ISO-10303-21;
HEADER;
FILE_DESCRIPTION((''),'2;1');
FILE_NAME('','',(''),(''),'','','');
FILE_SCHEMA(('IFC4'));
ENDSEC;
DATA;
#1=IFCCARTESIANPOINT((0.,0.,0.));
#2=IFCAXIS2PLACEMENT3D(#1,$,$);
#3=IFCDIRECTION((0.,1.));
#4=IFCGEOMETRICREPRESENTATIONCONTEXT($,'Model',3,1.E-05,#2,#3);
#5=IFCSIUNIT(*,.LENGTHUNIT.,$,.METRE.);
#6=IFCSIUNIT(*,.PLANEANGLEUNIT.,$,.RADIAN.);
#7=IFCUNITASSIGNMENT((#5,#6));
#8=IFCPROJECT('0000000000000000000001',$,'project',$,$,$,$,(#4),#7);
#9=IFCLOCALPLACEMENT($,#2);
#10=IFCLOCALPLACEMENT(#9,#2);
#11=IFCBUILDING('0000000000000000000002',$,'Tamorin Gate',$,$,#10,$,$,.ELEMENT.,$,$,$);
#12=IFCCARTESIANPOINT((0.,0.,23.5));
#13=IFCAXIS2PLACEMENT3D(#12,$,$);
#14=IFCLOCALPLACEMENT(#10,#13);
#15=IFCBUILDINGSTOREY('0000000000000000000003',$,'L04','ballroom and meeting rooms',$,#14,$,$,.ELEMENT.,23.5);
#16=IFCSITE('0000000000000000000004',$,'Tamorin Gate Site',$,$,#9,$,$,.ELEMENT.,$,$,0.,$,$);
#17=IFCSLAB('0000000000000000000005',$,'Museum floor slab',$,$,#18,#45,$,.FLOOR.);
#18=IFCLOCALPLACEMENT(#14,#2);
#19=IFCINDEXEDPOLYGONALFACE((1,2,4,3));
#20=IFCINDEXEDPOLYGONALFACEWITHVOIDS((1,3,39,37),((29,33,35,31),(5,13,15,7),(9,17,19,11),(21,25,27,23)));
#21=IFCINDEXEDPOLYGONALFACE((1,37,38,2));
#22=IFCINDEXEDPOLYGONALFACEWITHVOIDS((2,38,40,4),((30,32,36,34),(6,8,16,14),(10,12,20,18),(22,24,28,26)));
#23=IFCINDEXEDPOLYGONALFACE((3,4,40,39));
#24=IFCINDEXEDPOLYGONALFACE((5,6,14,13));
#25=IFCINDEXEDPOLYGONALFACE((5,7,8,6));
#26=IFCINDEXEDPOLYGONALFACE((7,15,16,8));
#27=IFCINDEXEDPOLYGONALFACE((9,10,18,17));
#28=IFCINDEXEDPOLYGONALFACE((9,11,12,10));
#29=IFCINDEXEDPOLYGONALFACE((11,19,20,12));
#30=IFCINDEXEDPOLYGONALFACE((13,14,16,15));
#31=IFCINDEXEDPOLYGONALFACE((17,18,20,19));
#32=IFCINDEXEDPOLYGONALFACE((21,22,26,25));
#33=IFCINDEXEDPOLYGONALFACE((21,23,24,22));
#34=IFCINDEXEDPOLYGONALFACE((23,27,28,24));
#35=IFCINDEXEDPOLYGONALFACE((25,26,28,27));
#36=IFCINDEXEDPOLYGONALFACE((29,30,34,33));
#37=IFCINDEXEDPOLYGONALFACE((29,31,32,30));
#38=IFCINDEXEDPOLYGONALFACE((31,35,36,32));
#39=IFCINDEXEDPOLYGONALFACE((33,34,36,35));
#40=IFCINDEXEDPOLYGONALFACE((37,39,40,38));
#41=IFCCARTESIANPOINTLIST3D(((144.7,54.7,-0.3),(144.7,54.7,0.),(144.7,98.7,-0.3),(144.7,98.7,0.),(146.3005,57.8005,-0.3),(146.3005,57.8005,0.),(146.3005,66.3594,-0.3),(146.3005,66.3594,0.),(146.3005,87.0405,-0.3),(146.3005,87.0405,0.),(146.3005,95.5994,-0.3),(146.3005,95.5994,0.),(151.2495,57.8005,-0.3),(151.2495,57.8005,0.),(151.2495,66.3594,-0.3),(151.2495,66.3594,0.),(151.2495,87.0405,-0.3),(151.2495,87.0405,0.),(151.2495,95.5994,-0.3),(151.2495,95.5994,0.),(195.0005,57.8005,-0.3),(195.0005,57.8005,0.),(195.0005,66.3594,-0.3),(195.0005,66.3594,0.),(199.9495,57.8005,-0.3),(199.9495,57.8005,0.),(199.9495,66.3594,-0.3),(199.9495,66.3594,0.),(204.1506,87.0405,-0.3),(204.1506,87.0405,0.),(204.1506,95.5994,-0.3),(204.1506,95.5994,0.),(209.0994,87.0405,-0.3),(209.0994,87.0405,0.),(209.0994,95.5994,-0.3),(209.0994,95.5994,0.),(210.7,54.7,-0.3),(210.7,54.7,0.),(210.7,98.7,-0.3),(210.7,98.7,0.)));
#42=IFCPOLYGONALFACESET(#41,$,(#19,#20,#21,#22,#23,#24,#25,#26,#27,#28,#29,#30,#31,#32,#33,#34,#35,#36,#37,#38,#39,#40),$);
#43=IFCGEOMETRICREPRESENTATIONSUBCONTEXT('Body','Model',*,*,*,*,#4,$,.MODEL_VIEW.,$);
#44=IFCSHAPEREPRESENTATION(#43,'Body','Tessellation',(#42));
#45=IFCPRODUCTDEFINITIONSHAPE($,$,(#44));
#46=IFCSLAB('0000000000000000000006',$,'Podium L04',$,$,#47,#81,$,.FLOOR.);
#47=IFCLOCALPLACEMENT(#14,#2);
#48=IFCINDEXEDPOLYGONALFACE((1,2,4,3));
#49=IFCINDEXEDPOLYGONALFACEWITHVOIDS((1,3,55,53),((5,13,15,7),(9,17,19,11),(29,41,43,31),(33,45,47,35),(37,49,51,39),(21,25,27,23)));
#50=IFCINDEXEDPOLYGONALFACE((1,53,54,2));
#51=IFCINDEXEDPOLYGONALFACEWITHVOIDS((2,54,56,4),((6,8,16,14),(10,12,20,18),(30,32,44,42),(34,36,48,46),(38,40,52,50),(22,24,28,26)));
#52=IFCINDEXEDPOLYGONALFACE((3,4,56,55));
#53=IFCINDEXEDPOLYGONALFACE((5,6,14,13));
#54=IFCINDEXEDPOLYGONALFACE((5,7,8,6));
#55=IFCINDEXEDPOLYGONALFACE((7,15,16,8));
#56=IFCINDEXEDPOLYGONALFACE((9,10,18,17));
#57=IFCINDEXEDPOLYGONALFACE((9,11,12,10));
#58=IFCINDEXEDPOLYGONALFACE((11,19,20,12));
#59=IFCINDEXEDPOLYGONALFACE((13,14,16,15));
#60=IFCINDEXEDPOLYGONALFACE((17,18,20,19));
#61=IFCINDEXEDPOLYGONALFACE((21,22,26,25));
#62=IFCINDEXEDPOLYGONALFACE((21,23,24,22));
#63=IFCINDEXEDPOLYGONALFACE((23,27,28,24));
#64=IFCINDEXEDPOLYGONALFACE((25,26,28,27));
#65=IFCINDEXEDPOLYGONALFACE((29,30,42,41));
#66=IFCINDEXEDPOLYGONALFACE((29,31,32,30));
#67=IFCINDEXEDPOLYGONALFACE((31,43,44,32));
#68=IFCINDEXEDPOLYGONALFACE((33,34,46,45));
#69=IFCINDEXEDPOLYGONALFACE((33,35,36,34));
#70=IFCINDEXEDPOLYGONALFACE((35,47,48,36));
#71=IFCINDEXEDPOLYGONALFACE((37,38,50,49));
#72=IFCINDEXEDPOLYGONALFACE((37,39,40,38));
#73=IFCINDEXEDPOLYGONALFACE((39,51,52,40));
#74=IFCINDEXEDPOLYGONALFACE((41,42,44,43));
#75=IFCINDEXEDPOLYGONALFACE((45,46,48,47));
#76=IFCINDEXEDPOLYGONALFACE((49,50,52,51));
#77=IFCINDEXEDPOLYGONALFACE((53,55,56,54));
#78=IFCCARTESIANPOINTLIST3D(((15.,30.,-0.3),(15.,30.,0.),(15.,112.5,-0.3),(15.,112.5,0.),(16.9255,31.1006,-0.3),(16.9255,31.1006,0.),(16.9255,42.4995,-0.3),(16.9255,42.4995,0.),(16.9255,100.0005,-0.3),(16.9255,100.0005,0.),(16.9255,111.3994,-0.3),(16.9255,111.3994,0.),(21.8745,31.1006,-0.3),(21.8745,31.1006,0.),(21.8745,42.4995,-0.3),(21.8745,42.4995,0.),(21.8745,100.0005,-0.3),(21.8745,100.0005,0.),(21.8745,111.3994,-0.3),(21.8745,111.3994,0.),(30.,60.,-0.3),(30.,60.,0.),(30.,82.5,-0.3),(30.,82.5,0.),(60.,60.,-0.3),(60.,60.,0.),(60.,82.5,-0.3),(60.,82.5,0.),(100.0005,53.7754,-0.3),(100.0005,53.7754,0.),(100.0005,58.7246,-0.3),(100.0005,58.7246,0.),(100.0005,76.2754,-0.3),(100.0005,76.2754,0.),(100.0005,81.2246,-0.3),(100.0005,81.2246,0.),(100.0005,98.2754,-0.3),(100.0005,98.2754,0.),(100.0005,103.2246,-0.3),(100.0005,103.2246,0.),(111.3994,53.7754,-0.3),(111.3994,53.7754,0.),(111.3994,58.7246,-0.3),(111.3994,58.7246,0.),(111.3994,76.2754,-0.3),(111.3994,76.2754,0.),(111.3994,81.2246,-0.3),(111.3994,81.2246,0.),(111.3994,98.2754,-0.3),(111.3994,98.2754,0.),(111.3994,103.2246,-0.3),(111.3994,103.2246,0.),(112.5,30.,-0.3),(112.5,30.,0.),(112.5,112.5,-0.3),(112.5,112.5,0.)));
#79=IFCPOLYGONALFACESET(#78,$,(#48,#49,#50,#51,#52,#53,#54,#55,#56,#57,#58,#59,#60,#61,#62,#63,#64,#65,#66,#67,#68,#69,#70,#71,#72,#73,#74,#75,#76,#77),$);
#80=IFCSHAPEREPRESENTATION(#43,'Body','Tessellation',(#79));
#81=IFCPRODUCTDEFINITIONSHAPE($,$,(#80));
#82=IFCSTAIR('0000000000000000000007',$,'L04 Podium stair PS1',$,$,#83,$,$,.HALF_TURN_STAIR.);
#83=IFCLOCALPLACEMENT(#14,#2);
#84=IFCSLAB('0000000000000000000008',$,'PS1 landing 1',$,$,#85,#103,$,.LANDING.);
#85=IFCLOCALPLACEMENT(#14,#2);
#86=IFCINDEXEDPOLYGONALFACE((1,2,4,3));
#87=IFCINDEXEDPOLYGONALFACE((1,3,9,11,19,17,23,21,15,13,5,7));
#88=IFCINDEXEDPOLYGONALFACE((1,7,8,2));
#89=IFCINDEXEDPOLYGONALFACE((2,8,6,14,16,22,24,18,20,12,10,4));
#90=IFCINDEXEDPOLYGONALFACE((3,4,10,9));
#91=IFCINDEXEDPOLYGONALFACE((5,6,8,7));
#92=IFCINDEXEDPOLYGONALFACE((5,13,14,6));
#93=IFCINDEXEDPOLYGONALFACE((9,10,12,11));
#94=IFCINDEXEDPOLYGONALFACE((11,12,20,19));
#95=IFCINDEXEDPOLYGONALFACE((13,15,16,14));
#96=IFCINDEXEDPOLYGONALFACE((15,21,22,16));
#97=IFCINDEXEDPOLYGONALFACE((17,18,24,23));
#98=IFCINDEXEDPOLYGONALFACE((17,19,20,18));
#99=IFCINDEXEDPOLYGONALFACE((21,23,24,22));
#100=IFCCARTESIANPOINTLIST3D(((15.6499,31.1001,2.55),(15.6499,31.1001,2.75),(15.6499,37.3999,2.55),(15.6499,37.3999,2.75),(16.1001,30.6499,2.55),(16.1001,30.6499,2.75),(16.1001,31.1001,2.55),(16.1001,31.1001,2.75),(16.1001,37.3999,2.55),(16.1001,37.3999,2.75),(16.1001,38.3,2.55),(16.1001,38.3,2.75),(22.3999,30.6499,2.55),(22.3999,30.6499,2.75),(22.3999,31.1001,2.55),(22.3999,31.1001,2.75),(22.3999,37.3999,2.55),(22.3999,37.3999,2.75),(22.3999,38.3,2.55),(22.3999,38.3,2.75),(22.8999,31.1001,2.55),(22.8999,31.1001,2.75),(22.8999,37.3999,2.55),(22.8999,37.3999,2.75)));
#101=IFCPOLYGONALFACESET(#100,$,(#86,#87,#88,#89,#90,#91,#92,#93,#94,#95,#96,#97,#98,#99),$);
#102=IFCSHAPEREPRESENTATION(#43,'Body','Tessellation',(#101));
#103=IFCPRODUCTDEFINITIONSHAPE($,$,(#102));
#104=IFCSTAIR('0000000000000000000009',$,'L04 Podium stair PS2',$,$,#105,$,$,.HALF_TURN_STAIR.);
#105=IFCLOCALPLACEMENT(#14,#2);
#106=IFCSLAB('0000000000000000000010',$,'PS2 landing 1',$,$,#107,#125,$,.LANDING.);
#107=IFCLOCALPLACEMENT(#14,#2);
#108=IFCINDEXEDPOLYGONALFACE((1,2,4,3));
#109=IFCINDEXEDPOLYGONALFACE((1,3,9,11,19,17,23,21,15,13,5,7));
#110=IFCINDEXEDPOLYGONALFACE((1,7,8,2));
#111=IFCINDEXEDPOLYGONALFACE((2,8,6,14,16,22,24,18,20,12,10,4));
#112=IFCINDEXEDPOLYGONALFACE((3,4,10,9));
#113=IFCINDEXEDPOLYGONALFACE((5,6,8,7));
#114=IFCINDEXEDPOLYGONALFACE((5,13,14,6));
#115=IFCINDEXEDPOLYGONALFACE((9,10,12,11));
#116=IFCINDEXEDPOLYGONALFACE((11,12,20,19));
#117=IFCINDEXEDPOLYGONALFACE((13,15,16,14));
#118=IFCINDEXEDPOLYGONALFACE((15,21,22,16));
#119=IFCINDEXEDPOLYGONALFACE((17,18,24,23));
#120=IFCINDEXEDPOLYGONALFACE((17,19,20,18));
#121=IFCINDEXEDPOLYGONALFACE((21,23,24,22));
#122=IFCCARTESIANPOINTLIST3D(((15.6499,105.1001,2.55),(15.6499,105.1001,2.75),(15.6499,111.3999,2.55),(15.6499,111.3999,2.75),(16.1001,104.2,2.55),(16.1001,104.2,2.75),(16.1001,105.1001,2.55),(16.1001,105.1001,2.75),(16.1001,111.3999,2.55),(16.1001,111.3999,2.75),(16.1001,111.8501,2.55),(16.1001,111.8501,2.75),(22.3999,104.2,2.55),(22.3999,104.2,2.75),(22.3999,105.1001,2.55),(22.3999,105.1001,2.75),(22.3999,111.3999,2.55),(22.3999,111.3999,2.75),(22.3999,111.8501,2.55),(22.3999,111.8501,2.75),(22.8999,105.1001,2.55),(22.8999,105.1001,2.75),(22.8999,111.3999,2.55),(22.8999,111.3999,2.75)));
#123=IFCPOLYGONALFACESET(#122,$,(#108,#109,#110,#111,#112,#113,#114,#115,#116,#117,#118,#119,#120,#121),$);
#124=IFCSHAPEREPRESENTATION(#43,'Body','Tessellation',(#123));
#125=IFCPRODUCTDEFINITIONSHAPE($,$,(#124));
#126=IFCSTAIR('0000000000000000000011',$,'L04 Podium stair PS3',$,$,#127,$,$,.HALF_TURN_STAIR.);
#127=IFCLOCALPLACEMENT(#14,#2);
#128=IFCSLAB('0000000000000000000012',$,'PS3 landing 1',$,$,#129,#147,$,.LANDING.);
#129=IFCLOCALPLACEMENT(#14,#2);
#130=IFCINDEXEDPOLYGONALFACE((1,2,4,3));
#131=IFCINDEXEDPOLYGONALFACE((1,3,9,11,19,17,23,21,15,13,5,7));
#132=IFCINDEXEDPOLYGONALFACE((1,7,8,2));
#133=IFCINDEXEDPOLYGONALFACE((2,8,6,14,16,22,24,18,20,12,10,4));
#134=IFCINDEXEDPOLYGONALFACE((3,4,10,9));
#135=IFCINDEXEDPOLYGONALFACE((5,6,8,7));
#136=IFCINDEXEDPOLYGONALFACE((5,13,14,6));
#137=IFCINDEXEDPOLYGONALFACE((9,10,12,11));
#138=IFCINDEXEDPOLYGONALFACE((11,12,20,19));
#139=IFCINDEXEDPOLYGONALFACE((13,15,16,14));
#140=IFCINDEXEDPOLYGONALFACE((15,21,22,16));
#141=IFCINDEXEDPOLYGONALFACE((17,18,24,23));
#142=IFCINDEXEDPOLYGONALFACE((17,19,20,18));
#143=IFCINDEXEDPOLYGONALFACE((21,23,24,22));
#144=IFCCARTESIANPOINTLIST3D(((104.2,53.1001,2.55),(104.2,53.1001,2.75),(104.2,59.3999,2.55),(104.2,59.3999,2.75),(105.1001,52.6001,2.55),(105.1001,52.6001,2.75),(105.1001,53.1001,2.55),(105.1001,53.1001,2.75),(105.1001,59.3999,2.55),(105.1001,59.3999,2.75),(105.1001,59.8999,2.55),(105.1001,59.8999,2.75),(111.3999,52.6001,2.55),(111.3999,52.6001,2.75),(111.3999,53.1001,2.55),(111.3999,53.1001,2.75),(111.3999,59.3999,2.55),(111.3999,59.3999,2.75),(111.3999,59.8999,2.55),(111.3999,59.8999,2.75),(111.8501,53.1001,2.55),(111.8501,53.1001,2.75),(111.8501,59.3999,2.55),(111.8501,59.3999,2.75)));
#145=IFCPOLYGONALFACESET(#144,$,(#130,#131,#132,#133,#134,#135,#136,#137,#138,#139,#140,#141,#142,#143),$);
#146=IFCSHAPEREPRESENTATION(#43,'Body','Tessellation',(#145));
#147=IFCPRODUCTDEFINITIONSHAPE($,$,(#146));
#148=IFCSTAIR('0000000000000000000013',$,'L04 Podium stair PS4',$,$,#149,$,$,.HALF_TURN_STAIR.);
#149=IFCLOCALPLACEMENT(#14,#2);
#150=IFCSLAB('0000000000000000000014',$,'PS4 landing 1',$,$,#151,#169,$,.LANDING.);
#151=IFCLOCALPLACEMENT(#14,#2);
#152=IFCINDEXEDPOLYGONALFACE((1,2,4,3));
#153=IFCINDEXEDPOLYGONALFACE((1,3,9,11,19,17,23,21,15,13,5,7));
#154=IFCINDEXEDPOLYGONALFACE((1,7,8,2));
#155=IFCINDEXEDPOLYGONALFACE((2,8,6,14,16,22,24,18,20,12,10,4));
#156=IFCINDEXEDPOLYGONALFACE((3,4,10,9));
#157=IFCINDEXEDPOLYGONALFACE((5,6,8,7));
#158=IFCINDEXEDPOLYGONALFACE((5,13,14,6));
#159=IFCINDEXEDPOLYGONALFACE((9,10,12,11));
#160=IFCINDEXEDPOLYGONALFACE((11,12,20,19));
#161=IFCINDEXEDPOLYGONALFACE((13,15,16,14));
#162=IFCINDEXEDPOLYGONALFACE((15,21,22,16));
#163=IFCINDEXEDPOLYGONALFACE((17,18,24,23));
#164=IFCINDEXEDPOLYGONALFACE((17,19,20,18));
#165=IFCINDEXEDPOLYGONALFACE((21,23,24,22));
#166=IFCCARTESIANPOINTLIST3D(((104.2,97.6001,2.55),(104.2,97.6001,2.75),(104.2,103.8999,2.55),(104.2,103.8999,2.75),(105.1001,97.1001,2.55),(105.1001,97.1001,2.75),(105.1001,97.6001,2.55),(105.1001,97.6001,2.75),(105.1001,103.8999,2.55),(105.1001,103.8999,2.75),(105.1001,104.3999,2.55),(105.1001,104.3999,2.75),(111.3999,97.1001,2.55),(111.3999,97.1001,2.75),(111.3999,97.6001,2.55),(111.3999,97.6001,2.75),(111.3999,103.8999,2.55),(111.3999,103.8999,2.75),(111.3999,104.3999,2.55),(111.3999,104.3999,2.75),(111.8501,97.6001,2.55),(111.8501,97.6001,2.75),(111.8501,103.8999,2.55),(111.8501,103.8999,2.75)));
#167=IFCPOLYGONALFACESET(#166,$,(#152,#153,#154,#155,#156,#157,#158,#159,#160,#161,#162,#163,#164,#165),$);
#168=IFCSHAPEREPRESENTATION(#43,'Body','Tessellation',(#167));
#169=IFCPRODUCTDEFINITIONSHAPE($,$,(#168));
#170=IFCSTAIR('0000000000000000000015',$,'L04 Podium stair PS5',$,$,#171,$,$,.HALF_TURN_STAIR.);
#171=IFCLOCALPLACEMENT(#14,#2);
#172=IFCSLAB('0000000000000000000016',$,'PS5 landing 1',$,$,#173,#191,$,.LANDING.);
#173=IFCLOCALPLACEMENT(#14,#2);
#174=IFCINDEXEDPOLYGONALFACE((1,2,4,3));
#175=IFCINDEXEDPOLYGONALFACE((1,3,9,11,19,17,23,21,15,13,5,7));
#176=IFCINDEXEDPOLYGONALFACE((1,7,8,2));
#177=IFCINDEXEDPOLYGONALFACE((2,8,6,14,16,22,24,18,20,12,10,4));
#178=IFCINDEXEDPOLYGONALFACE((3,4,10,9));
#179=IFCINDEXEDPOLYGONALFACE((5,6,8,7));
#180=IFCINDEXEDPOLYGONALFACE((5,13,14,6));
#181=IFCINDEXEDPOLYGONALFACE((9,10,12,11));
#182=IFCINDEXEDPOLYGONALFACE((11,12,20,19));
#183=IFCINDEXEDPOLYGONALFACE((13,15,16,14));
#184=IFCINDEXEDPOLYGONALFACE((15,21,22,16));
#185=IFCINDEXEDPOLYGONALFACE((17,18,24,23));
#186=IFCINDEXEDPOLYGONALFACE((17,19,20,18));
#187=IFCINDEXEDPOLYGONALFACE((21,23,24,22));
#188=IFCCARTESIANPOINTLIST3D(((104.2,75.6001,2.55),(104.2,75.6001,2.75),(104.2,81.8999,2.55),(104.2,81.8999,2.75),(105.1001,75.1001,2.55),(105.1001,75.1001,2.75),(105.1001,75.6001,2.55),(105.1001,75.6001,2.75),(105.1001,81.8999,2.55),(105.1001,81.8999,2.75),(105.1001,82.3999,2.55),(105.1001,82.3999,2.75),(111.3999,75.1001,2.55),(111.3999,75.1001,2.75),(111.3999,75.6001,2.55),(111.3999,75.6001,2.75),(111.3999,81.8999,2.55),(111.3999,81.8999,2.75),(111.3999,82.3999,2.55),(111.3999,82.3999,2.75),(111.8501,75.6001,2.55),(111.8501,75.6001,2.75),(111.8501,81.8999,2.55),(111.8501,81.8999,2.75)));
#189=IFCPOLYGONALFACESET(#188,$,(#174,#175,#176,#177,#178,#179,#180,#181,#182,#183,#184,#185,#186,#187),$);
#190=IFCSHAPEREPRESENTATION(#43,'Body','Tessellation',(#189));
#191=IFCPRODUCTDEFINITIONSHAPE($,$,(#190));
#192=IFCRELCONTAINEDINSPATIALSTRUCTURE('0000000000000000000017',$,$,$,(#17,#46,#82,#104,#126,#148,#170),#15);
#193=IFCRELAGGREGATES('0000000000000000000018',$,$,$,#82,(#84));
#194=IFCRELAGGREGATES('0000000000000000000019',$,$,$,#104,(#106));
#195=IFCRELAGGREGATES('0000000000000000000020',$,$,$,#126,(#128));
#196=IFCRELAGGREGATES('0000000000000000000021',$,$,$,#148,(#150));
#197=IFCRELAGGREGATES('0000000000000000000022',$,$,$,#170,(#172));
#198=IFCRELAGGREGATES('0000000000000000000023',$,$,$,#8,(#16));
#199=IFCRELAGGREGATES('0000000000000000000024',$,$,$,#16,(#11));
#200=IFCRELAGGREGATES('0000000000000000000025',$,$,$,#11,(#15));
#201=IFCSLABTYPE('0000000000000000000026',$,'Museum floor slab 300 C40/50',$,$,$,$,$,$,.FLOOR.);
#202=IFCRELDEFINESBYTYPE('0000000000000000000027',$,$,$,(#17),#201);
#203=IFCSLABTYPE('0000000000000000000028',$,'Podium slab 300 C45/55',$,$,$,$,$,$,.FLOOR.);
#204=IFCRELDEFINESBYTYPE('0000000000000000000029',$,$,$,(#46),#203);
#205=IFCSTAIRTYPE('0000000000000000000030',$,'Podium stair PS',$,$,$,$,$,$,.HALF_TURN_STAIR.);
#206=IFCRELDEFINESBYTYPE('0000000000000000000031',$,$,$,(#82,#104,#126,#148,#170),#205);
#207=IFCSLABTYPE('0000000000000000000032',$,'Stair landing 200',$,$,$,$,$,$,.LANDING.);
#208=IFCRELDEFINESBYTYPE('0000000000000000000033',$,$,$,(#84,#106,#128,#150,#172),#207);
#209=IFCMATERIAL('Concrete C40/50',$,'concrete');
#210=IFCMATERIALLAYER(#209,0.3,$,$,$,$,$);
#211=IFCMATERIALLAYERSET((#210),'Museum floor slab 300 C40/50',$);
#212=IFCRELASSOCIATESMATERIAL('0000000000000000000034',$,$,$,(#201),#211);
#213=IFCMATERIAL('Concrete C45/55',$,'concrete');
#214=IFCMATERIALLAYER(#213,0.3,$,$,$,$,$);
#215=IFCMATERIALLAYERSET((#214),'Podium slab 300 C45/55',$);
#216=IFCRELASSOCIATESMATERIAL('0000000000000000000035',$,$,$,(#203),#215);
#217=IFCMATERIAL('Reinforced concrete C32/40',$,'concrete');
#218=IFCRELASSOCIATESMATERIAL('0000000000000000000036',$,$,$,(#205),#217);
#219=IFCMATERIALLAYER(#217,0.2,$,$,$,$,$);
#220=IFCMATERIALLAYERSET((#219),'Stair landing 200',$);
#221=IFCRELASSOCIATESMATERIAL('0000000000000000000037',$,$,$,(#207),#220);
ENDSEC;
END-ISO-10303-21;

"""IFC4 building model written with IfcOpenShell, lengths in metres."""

from ifc_helpers import new_model, si_unit, direction, frame, origin, place, context, subcontext, project, spatial, polyline, outline, extrude, material, layer, layer_set, type_object, element, aggregate, save


model = new_model("IFC4")

# Units and contexts
model_context = context("Model", 3, precision=1e-05, world=origin(), true_north=direction((0.0, 1.0)))
body_context = subcontext(model_context, "Body", "Model", "MODEL_VIEW")
ifc_project = project(units=[si_unit("LENGTHUNIT", "METRE"), si_unit("PLANEANGLEUNIT", "RADIAN")], contexts=[model_context])

# Site, building, storey
site_placement = place(None, origin())
site = spatial("IfcSite", under=ifc_project, at=site_placement, Name="Tamorin Gate Site", CompositionType="ELEMENT", RefElevation=0.0)
building_placement = place(site_placement, origin())
building = spatial("IfcBuilding", under=site, at=building_placement, Name="Tamorin Gate", CompositionType="ELEMENT")
storey_placement = place(building_placement, frame((0.0, 0.0, 23.5)))
storey = spatial("IfcBuildingStorey", under=building, at=storey_placement, Name="L04", Description="ballroom and meeting rooms", CompositionType="ELEMENT", Elevation=23.5)

# Shared definitions
ifc_material_1 = material(Name="Concrete C40/50", Category="concrete")

# Slabs
ifc_layer_1 = layer(ifc_material_1, 0.3)
ifc_layer_set_1 = layer_set([ifc_layer_1], Name="Museum floor slab 300 C40/50")
slab_type_1 = type_object("IfcSlabType", Name="Museum floor slab 300 C40/50", PredefinedType="FLOOR", material=ifc_layer_set_1)
slab_1_placement = place(storey_placement, frame((0.0, 0.0, -0.3)))
element("IfcSlab", 1, at=slab_1_placement, inside=storey, type_object=slab_type_1, Name="Museum floor slab", PredefinedType="FLOOR", context=body_context, shape_type="SweptSolid", body=[
    extrude(outline(polyline([(144.7, 54.7), (144.7, 98.7), (210.7, 98.7), (210.7, 54.7), (144.7, 54.7)]), holes=[polyline([(146.3005, 57.8005), (151.2495, 57.8005), (151.2495, 66.3594), (146.3005, 66.3594), (146.3005, 57.8005)]), polyline([(195.0005, 57.8005), (199.9495, 57.8005), (199.9495, 66.3594), (195.0005, 66.3594), (195.0005, 57.8005)]), polyline([(151.2495, 95.5994), (146.3005, 95.5994), (146.3005, 87.0405), (151.2495, 87.0405), (151.2495, 95.5994)]), polyline([(209.0994, 95.5994), (204.1506, 95.5994), (204.1506, 87.0405), (209.0994, 87.0405), (209.0994, 95.5994)])]), origin(), (0.0, 0.0, 1.0), 0.3),
])
ifc_material_2 = material(Name="Concrete C45/55", Category="concrete")
ifc_layer_2 = layer(ifc_material_2, 0.3)
ifc_layer_set_2 = layer_set([ifc_layer_2], Name="Podium slab 300 C45/55")
slab_type_2 = type_object("IfcSlabType", Name="Podium slab 300 C45/55", PredefinedType="FLOOR", material=ifc_layer_set_2)
slab_2_placement = place(storey_placement, frame((0.0, 0.0, -0.3)))
element("IfcSlab", 2, at=slab_2_placement, inside=storey, type_object=slab_type_2, Name="Podium L04", PredefinedType="FLOOR", context=body_context, shape_type="SweptSolid", body=[
    extrude(outline(polyline([(15.0, 30.0), (112.5, 30.0), (112.5, 112.5), (15.0, 112.5), (15.0, 30.0)]), holes=[polyline([(60.0, 60.0), (60.0, 82.5), (30.0, 82.5), (30.0, 60.0), (60.0, 60.0)]), polyline([(16.9255, 42.4995), (21.8745, 42.4995), (21.8745, 31.1006), (16.9255, 31.1006), (16.9255, 42.4995)]), polyline([(21.8745, 100.0005), (16.9255, 100.0005), (16.9255, 111.3994), (21.8745, 111.3994), (21.8745, 100.0005)]), polyline([(100.0005, 53.7754), (100.0005, 58.7246), (111.3994, 58.7246), (111.3994, 53.7754), (100.0005, 53.7754)]), polyline([(100.0005, 98.2754), (100.0005, 103.2246), (111.3994, 103.2246), (111.3994, 98.2754), (100.0005, 98.2754)]), polyline([(100.0005, 76.2754), (100.0005, 81.2246), (111.3994, 81.2246), (111.3994, 76.2754), (100.0005, 76.2754)])]), origin(), (0.0, 0.0, 1.0), 0.3),
])

# Stairs, slabs
ifc_material_3 = material(Name="Reinforced concrete C32/40", Category="concrete")
stair_type_1 = type_object("IfcStairType", Name="Podium stair PS", PredefinedType="HALF_TURN_STAIR", material=ifc_material_3)
stair_1_placement = place(storey_placement, origin())
stair_1 = element("IfcStair", 3, at=stair_1_placement, inside=storey, type_object=stair_type_1, Name="L04 Podium stair PS1", PredefinedType="HALF_TURN_STAIR")
ifc_layer_3 = layer(ifc_material_3, 0.2)
ifc_layer_set_3 = layer_set([ifc_layer_3], Name="Stair landing 200")
slab_type_3 = type_object("IfcSlabType", Name="Stair landing 200", PredefinedType="LANDING", material=ifc_layer_set_3)
slab_3_placement = place(storey_placement, frame((0.0, 0.0, 2.55)))
slab_3 = element("IfcSlab", 4, at=slab_3_placement, type_object=slab_type_3, Name="PS1 landing 1", PredefinedType="LANDING", context=body_context, shape_type="SweptSolid", body=[
    extrude(outline(polyline([(22.3999, 31.1001), (22.3999, 30.6499), (16.1001, 30.6499), (16.1001, 31.1001), (15.6499, 31.1001), (15.6499, 37.3999), (16.1001, 37.3999), (16.1001, 38.3), (22.3999, 38.3), (22.3999, 37.3999), (22.8999, 37.3999), (22.8999, 31.1001), (22.3999, 31.1001)])), origin(), (0.0, 0.0, 1.0), 0.2),
])
aggregate(stair_1, [slab_3])
stair_2_placement = place(storey_placement, origin())
stair_2 = element("IfcStair", 5, at=stair_2_placement, inside=storey, type_object=stair_type_1, Name="L04 Podium stair PS2", PredefinedType="HALF_TURN_STAIR")
slab_4_placement = place(storey_placement, frame((0.0, 0.0, 2.55)))
slab_4 = element("IfcSlab", 6, at=slab_4_placement, type_object=slab_type_3, Name="PS2 landing 1", PredefinedType="LANDING", context=body_context, shape_type="SweptSolid", body=[
    extrude(outline(polyline([(22.3999, 105.1001), (22.3999, 104.2), (16.1001, 104.2), (16.1001, 105.1001), (15.6499, 105.1001), (15.6499, 111.3999), (16.1001, 111.3999), (16.1001, 111.8501), (22.3999, 111.8501), (22.3999, 111.3999), (22.8999, 111.3999), (22.8999, 105.1001), (22.3999, 105.1001)])), origin(), (0.0, 0.0, 1.0), 0.2),
])
aggregate(stair_2, [slab_4])
stair_3_placement = place(storey_placement, origin())
stair_3 = element("IfcStair", 7, at=stair_3_placement, inside=storey, type_object=stair_type_1, Name="L04 Podium stair PS3", PredefinedType="HALF_TURN_STAIR")
slab_5_placement = place(storey_placement, frame((0.0, 0.0, 2.55)))
slab_5 = element("IfcSlab", 8, at=slab_5_placement, type_object=slab_type_3, Name="PS3 landing 1", PredefinedType="LANDING", context=body_context, shape_type="SweptSolid", body=[
    extrude(outline(polyline([(111.3999, 53.1001), (111.3999, 52.6001), (105.1001, 52.6001), (105.1001, 53.1001), (104.2, 53.1001), (104.2, 59.3999), (105.1001, 59.3999), (105.1001, 59.8999), (111.3999, 59.8999), (111.3999, 59.3999), (111.8501, 59.3999), (111.8501, 53.1001), (111.3999, 53.1001)])), origin(), (0.0, 0.0, 1.0), 0.2),
])
aggregate(stair_3, [slab_5])
stair_4_placement = place(storey_placement, origin())
stair_4 = element("IfcStair", 9, at=stair_4_placement, inside=storey, type_object=stair_type_1, Name="L04 Podium stair PS4", PredefinedType="HALF_TURN_STAIR")
slab_6_placement = place(storey_placement, frame((0.0, 0.0, 2.55)))
slab_6 = element("IfcSlab", 10, at=slab_6_placement, type_object=slab_type_3, Name="PS4 landing 1", PredefinedType="LANDING", context=body_context, shape_type="SweptSolid", body=[
    extrude(outline(polyline([(111.3999, 97.6001), (111.3999, 97.1001), (105.1001, 97.1001), (105.1001, 97.6001), (104.2, 97.6001), (104.2, 103.8999), (105.1001, 103.8999), (105.1001, 104.3999), (111.3999, 104.3999), (111.3999, 103.8999), (111.8501, 103.8999), (111.8501, 97.6001), (111.3999, 97.6001)])), origin(), (0.0, 0.0, 1.0), 0.2),
])
aggregate(stair_4, [slab_6])
stair_5_placement = place(storey_placement, origin())
stair_5 = element("IfcStair", 11, at=stair_5_placement, inside=storey, type_object=stair_type_1, Name="L04 Podium stair PS5", PredefinedType="HALF_TURN_STAIR")
slab_7_placement = place(storey_placement, frame((0.0, 0.0, 2.55)))
slab_7 = element("IfcSlab", 12, at=slab_7_placement, type_object=slab_type_3, Name="PS5 landing 1", PredefinedType="LANDING", context=body_context, shape_type="SweptSolid", body=[
    extrude(outline(polyline([(111.3999, 75.6001), (111.3999, 75.1001), (105.1001, 75.1001), (105.1001, 75.6001), (104.2, 75.6001), (104.2, 81.8999), (105.1001, 81.8999), (105.1001, 82.3999), (111.3999, 82.3999), (111.3999, 81.8999), (111.8501, 81.8999), (111.8501, 75.6001), (111.3999, 75.6001)])), origin(), (0.0, 0.0, 1.0), 0.2),
])
aggregate(stair_5, [slab_7])

save(model, "model.ifc")
